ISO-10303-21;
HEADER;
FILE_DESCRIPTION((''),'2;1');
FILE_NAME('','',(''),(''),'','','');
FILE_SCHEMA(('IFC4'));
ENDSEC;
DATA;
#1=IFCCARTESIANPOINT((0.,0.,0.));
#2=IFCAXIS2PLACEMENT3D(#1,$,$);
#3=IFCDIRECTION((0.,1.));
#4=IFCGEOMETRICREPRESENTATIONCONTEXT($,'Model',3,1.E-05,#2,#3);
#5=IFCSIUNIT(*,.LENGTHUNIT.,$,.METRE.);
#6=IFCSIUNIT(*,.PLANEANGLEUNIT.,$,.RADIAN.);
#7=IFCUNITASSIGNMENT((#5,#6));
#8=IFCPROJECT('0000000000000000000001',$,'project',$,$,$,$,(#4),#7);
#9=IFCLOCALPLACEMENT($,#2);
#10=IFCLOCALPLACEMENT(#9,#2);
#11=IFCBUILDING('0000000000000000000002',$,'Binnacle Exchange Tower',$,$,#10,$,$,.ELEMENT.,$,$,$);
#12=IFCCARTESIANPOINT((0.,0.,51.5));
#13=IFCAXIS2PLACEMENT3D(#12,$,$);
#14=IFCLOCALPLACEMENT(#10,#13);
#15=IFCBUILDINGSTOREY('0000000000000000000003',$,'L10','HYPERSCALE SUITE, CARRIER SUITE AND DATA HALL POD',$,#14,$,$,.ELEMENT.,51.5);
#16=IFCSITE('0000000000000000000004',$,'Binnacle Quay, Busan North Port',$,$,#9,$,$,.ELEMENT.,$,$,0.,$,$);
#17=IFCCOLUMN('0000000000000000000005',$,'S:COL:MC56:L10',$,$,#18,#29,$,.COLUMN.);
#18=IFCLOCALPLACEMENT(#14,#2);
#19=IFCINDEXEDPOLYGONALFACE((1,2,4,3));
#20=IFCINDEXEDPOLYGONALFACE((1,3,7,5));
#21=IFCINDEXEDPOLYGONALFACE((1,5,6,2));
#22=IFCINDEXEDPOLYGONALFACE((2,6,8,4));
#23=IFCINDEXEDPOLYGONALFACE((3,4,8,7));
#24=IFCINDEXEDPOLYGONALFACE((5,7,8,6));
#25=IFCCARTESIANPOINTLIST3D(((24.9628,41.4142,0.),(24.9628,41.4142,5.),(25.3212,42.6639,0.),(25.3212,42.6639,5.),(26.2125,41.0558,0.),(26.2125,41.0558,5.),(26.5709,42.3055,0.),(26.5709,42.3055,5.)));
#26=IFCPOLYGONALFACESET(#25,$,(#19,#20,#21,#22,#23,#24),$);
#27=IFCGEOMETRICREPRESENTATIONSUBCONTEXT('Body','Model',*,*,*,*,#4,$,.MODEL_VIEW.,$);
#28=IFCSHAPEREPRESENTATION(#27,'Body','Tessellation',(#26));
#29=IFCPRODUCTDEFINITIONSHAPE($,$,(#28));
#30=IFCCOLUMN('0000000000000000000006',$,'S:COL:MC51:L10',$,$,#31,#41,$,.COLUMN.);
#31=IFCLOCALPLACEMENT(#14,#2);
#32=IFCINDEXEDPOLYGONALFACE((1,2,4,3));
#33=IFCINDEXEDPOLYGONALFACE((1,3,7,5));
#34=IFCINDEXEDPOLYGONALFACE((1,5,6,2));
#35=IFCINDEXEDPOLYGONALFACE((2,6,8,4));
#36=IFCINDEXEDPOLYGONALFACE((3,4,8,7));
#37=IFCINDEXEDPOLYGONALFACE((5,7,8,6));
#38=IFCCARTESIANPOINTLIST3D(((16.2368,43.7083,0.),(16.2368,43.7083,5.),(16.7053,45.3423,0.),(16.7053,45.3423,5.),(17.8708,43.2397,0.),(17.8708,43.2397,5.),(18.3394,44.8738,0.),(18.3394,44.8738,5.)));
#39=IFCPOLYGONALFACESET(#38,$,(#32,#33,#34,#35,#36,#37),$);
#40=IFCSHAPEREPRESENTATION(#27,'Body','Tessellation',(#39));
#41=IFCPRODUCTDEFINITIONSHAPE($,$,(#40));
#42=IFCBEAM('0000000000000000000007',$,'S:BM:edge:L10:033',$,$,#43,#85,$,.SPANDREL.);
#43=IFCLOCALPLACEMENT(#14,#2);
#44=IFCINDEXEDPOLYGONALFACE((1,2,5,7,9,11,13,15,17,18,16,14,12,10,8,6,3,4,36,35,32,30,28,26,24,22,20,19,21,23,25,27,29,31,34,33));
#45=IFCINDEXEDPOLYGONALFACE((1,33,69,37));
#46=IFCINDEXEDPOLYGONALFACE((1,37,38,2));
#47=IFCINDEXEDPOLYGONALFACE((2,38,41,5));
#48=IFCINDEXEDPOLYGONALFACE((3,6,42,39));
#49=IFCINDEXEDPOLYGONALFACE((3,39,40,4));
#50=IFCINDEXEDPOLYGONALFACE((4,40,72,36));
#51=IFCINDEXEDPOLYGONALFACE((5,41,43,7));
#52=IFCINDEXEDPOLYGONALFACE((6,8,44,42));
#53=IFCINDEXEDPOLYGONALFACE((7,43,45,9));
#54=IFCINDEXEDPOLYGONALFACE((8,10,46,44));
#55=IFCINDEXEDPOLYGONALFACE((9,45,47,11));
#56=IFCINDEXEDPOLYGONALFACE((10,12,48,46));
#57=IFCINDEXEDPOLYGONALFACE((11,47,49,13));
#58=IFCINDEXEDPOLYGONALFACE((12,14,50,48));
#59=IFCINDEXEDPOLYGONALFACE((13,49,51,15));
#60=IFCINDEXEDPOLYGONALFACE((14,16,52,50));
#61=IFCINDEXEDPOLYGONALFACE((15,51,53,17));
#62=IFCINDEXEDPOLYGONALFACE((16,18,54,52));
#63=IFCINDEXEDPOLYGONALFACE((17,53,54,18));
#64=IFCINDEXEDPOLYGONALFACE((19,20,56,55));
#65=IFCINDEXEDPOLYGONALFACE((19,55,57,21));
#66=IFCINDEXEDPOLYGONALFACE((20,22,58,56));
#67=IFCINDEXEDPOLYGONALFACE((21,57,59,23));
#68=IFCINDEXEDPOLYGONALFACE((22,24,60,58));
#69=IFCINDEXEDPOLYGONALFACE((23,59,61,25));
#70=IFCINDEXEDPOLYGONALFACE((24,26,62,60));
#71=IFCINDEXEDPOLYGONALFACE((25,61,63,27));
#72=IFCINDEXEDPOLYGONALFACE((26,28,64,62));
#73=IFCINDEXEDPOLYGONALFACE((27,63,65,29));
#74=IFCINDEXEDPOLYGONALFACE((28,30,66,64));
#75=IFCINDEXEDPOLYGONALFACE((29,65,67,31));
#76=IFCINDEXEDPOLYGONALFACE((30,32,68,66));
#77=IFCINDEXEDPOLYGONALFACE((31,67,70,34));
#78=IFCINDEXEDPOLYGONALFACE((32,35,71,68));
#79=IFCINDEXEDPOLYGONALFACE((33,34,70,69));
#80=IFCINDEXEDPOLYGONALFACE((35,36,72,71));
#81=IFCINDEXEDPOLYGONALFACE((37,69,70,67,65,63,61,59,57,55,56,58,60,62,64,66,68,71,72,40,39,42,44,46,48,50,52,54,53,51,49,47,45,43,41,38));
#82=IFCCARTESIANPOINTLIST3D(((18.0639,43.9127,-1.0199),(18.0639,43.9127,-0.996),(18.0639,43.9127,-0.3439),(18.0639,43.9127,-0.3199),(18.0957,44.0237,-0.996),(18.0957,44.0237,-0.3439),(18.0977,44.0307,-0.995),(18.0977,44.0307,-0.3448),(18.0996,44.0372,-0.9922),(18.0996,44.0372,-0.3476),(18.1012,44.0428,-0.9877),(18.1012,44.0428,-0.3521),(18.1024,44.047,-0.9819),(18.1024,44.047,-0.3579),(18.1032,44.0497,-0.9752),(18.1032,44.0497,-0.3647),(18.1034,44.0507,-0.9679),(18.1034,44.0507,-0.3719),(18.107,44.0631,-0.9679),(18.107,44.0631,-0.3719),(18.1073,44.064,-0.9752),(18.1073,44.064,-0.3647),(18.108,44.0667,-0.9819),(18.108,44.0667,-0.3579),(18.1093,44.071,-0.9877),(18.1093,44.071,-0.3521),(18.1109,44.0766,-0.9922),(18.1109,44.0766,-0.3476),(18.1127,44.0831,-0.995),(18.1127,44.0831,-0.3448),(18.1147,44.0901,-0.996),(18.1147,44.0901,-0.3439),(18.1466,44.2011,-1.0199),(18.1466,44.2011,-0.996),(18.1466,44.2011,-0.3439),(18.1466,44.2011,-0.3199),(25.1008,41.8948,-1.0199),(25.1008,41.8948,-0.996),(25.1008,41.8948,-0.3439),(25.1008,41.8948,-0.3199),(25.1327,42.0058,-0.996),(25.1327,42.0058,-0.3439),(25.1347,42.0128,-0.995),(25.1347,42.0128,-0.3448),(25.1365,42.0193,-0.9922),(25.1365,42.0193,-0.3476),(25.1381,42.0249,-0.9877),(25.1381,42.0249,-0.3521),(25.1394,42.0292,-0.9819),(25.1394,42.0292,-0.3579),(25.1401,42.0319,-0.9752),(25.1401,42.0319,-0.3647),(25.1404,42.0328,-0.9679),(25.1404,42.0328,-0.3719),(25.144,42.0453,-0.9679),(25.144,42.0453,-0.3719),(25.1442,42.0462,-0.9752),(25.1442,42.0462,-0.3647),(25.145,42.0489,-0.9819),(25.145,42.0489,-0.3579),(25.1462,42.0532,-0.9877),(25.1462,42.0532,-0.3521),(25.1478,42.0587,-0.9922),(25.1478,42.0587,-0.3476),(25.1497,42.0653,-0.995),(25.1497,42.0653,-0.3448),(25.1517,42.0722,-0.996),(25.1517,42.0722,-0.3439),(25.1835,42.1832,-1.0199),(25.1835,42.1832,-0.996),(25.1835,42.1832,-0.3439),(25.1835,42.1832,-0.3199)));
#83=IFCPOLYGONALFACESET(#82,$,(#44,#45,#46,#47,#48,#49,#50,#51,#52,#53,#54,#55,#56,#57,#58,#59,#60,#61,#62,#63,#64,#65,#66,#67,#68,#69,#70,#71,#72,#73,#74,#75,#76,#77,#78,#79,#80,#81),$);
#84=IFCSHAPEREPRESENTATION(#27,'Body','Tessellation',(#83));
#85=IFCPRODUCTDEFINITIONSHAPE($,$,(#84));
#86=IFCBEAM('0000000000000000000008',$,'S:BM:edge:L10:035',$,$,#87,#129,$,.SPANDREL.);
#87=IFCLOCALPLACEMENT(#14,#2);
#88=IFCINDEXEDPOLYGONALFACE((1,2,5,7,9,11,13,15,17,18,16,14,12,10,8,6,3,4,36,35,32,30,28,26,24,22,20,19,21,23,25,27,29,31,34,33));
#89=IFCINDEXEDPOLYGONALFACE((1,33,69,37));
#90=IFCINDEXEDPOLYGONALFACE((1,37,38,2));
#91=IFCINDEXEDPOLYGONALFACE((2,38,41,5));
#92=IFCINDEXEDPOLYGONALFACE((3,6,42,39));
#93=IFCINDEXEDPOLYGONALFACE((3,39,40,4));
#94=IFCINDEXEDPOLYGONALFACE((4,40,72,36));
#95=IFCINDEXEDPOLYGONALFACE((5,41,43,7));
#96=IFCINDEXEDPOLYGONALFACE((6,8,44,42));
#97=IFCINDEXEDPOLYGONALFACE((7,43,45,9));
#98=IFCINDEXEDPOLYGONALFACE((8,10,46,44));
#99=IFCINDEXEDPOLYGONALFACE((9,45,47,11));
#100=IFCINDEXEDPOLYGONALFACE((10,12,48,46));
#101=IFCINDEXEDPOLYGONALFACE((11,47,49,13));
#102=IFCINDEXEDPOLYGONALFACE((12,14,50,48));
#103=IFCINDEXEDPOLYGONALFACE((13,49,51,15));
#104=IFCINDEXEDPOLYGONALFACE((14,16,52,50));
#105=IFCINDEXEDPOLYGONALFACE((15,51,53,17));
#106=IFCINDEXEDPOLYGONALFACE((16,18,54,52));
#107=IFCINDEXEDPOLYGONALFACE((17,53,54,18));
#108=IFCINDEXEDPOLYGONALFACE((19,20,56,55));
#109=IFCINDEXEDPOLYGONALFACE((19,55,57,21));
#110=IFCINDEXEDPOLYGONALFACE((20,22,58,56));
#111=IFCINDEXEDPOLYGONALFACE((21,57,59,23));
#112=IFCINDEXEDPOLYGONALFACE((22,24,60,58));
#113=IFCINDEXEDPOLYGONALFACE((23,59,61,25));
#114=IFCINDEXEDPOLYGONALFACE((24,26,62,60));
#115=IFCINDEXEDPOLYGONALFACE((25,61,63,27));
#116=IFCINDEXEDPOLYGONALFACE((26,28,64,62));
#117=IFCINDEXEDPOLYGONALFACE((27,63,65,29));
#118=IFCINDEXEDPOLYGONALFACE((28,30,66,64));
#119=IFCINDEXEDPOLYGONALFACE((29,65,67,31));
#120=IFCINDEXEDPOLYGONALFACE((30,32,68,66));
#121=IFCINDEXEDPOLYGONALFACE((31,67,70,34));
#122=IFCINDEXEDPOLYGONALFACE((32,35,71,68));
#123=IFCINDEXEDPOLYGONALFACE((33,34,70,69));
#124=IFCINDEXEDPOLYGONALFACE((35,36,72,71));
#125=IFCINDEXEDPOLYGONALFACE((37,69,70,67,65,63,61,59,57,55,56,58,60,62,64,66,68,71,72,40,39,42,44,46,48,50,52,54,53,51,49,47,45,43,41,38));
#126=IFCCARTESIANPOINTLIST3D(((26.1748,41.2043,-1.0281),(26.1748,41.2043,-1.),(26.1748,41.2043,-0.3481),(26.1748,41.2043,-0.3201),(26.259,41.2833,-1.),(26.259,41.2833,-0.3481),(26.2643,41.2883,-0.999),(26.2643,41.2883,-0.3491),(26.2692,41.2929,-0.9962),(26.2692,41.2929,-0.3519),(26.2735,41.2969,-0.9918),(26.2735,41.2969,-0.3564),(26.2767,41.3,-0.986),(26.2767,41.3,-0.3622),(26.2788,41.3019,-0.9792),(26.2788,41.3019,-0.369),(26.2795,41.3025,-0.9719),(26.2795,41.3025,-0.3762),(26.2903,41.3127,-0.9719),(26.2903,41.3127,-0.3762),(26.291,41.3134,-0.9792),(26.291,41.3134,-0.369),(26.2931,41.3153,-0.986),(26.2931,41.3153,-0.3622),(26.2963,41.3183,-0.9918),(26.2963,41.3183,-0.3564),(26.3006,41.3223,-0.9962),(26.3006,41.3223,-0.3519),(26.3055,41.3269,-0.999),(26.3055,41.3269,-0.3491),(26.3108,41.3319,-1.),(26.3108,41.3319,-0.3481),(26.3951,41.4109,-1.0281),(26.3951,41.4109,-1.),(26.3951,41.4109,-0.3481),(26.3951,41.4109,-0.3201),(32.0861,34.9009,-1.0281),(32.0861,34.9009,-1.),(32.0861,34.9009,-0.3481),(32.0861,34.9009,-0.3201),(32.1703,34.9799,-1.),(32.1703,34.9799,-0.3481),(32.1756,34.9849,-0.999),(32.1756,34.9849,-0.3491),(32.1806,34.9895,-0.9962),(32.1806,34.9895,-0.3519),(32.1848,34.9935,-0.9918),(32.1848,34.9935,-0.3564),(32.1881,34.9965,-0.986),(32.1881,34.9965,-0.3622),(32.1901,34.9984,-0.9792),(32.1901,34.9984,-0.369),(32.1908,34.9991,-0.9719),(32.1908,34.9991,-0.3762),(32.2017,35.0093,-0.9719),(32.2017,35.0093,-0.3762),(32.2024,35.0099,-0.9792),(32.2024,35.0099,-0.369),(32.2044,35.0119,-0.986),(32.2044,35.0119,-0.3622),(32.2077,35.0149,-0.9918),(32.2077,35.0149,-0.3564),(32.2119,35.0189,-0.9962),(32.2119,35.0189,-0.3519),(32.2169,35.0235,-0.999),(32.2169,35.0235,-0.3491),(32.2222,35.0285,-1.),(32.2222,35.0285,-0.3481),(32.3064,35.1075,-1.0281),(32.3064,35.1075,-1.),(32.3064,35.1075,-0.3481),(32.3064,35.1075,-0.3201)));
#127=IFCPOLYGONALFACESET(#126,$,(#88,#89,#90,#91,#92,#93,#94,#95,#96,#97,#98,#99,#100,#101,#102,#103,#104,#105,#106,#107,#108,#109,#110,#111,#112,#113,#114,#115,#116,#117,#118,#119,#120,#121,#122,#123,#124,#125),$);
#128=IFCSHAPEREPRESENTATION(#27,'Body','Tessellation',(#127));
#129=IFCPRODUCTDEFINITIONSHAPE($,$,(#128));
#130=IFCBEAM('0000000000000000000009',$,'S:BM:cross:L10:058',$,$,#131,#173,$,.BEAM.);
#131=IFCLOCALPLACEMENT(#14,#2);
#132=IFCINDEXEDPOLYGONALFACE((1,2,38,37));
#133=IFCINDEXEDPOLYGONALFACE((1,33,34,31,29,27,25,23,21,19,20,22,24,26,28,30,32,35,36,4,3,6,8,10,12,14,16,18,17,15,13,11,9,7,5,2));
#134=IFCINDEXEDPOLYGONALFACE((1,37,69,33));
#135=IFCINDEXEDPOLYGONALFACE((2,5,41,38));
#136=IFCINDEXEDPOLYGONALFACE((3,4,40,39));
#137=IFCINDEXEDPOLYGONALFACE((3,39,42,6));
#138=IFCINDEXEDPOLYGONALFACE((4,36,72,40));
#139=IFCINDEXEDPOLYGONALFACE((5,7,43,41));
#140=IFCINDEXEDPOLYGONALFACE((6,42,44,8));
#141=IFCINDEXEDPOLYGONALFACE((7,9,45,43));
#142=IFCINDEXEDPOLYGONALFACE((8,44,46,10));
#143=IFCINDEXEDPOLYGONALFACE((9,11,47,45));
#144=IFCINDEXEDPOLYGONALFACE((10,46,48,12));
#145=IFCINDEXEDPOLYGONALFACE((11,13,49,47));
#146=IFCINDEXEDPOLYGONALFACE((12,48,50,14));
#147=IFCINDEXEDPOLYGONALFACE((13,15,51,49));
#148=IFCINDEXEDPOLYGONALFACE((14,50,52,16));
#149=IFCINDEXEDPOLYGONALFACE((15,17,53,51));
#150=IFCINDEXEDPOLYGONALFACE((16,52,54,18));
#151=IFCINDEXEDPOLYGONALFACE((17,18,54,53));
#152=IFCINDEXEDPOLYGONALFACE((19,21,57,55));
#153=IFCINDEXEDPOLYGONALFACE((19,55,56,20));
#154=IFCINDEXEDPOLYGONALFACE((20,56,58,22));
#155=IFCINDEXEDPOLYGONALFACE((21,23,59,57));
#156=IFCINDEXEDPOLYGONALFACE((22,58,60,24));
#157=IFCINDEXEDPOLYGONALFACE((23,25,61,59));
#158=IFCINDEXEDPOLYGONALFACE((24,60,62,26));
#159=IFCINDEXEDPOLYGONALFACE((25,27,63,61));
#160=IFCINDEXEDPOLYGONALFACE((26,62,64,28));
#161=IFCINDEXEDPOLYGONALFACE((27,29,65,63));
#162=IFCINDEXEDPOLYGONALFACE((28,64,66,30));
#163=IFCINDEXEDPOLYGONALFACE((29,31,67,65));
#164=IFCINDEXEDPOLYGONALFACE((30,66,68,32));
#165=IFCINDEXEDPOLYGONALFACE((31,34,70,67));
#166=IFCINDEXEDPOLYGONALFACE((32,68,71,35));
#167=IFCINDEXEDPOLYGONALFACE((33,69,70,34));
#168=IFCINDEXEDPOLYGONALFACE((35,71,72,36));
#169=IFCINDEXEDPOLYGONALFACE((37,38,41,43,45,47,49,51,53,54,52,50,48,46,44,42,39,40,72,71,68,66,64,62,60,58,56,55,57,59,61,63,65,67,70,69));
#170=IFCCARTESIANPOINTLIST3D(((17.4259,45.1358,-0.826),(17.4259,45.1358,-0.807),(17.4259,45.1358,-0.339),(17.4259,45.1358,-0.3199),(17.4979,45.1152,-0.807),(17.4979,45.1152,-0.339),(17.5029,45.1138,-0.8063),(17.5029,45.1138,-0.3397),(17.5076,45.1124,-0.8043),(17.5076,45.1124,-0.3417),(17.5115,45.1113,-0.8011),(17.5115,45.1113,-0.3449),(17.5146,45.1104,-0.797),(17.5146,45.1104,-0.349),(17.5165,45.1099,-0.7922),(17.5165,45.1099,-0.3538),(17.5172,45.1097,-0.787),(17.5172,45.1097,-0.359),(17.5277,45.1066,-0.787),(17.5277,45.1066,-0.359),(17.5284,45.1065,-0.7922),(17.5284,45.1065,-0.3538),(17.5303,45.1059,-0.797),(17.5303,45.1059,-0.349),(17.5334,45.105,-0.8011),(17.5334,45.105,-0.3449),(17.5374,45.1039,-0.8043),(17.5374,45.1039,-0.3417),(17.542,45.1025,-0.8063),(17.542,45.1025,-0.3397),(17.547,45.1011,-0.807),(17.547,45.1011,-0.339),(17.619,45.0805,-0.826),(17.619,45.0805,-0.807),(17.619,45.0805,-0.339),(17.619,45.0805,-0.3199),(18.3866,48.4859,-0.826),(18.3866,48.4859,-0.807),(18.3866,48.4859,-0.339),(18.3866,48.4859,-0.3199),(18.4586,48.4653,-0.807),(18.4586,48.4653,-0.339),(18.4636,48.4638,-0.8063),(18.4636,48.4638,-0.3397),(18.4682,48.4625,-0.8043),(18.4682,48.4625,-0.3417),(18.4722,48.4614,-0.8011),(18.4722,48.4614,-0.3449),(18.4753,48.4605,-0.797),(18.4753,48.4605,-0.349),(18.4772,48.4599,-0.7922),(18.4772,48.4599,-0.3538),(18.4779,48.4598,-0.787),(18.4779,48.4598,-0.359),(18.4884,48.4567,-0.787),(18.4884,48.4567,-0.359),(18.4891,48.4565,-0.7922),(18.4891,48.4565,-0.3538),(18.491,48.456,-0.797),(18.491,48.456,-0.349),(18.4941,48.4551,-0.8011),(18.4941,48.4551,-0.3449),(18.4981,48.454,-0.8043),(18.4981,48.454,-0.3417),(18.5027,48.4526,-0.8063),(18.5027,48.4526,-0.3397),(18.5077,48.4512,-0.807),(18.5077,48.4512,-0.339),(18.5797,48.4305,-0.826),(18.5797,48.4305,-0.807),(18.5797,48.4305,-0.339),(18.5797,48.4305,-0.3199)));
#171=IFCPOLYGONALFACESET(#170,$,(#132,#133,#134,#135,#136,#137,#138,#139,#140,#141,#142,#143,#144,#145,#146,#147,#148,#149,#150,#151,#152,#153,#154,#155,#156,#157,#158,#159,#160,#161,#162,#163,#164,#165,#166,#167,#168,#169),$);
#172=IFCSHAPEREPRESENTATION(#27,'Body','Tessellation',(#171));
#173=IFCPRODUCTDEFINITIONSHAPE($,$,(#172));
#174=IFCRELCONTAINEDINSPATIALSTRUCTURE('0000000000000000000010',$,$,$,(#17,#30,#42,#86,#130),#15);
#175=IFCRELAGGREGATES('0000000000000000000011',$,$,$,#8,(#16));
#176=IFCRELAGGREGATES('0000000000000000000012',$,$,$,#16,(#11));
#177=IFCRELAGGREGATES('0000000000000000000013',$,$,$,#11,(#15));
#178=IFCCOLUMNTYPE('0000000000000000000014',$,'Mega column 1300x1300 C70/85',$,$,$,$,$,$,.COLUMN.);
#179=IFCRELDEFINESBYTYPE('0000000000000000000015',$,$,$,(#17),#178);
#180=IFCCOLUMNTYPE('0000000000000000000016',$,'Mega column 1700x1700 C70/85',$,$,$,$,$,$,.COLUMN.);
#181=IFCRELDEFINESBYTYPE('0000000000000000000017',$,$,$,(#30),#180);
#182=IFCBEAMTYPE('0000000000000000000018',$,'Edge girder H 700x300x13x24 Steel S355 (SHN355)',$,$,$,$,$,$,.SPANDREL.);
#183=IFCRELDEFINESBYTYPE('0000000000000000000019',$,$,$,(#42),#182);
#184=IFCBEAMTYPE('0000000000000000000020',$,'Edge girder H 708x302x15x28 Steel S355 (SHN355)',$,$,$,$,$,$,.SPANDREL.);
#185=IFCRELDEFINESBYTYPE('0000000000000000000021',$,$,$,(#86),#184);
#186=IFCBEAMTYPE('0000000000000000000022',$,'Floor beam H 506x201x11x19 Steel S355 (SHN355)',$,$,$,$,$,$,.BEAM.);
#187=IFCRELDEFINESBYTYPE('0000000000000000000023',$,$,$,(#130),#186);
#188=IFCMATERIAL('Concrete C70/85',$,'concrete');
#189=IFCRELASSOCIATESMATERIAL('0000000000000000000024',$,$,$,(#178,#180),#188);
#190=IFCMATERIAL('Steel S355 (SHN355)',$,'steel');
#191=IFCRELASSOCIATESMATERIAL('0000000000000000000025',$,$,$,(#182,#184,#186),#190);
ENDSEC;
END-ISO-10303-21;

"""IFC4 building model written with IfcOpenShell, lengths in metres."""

from ifc_helpers import new_model, si_unit, direction, frame, origin, origin_2d, place, context, subcontext, project, spatial, rectangle, i_section, extrude, material, material_profile, profile_set, type_object, element, save


model = new_model("IFC4")

# Units and contexts
model_context = context("Model", 3, precision=1e-05, world=origin(), true_north=direction((0.0, 1.0)))
body_context = subcontext(model_context, "Body", "Model", "MODEL_VIEW")
ifc_project = project(units=[si_unit("LENGTHUNIT", "METRE"), si_unit("PLANEANGLEUNIT", "RADIAN")], contexts=[model_context])

# Site, building, storey
site_placement = place(None, origin())
site = spatial("IfcSite", under=ifc_project, at=site_placement, Name="Binnacle Quay, Busan North Port", CompositionType="ELEMENT", RefElevation=0.0)
building_placement = place(site_placement, origin())
building = spatial("IfcBuilding", under=site, at=building_placement, Name="Binnacle Exchange Tower", CompositionType="ELEMENT")
storey_placement = place(building_placement, frame((0.0, 0.0, 51.5)))
storey = spatial("IfcBuildingStorey", under=building, at=storey_placement, Name="L10", Description="HYPERSCALE SUITE, CARRIER SUITE AND DATA HALL POD", CompositionType="ELEMENT", Elevation=51.5)

# Columns
ifc_material_1 = material(Name="Concrete C70/85", Category="concrete")
ifc_material_profile_1 = material_profile(ifc_material_1, rectangle(XDim=1.3, YDim=1.3, at=origin_2d()), Name="Mega column 1300x1300 C70/85")
ifc_profile_set_1 = profile_set([ifc_material_profile_1], Name="Concrete C70/85")
column_type_1 = type_object("IfcColumnType", Name="Mega column 1300x1300 C70/85", PredefinedType="COLUMN", material=ifc_profile_set_1)
column_1_placement = place(storey_placement, frame((25.7668, 41.8599, 0.0), z_axis=(0.0, 0.0, 1.0), x_axis=(0.961262, -0.275637, 0.0)))
element("IfcColumn", 1, at=column_1_placement, inside=storey, type_object=column_type_1, Name="S:COL:MC56:L10", PredefinedType="COLUMN", context=body_context, shape_type="SweptSolid", body=[
    extrude(rectangle(XDim=1.3, YDim=1.3, at=origin_2d()), origin(), (0.0, 0.0, 1.0), 5.0),
])
ifc_material_profile_2 = material_profile(ifc_material_1, rectangle(XDim=1.7, YDim=1.7, at=origin_2d()), Name="Mega column 1700x1700 C70/85")
ifc_profile_set_2 = profile_set([ifc_material_profile_2], Name="Concrete C70/85")
column_type_2 = type_object("IfcColumnType", Name="Mega column 1700x1700 C70/85", PredefinedType="COLUMN", material=ifc_profile_set_2)
column_2_placement = place(storey_placement, frame((17.2881, 44.291, 0.0), z_axis=(0.0, 0.0, 1.0), x_axis=(0.961262, -0.275637, 0.0)))
element("IfcColumn", 2, at=column_2_placement, inside=storey, type_object=column_type_2, Name="S:COL:MC51:L10", PredefinedType="COLUMN", context=body_context, shape_type="SweptSolid", body=[
    extrude(rectangle(XDim=1.7, YDim=1.7, at=origin_2d()), origin(), (0.0, 0.0, 1.0), 5.0),
])

# Beams
ifc_material_2 = material(Name="Steel S355 (SHN355)", Category="steel")
ifc_material_profile_3 = material_profile(ifc_material_2, i_section(OverallWidth=0.3, OverallDepth=0.7, WebThickness=0.0129, FlangeThickness=0.0239, FilletRadius=0.0281, at=origin_2d()), Name="H 700x300x13x24")
ifc_profile_set_3 = profile_set([ifc_material_profile_3], Name="Steel S355 (SHN355)")
beam_type_1 = type_object("IfcBeamType", Name="Edge girder H 700x300x13x24 Steel S355 (SHN355)", PredefinedType="SPANDREL", material=ifc_profile_set_3)
beam_1_placement = place(storey_placement, frame((18.1052, 44.0569, -0.6699), z_axis=(0.96126, -0.275642, 0.0), x_axis=(0.275642, 0.96126, 0.0)))
element("IfcBeam", 3, at=beam_1_placement, inside=storey, type_object=beam_type_1, Name="S:BM:edge:L10:033", PredefinedType="SPANDREL", context=body_context, shape_type="SweptSolid", body=[
    extrude(i_section(OverallWidth=0.3, OverallDepth=0.7, WebThickness=0.0129, FlangeThickness=0.0239, FilletRadius=0.0281, at=origin_2d()), origin(), (0.0, 0.0, 1.0), 7.3206),
])
ifc_material_profile_4 = material_profile(ifc_material_2, i_section(OverallWidth=0.302, OverallDepth=0.708, WebThickness=0.0149, FlangeThickness=0.0281, FilletRadius=0.0281, at=origin_2d()), Name="H 708x302x15x28")
ifc_profile_set_4 = profile_set([ifc_material_profile_4], Name="Steel S355 (SHN355)")
beam_type_2 = type_object("IfcBeamType", Name="Edge girder H 708x302x15x28 Steel S355 (SHN355)", PredefinedType="SPANDREL", material=ifc_profile_set_4)
beam_2_placement = place(storey_placement, frame((26.2849, 41.3076, -0.6741), z_axis=(0.684057, -0.729429, 0.0), x_axis=(0.729429, 0.684057, 0.0)))
element("IfcBeam", 4, at=beam_2_placement, inside=storey, type_object=beam_type_2, Name="S:BM:edge:L10:035", PredefinedType="SPANDREL", context=body_context, shape_type="SweptSolid", body=[
    extrude(i_section(OverallWidth=0.302, OverallDepth=0.708, WebThickness=0.0149, FlangeThickness=0.0281, FilletRadius=0.0281, at=origin_2d()), origin(), (0.0, 0.0, 1.0), 8.6416),
])
ifc_material_profile_5 = material_profile(ifc_material_2, i_section(OverallWidth=0.2009, OverallDepth=0.5061, WebThickness=0.011, FlangeThickness=0.019, FilletRadius=0.02, at=origin_2d()), Name="H 506x201x11x19")
ifc_profile_set_5 = profile_set([ifc_material_profile_5], Name="Steel S355 (SHN355)")
beam_type_3 = type_object("IfcBeamType", Name="Floor beam H 506x201x11x19 Steel S355 (SHN355)", PredefinedType="BEAM", material=ifc_profile_set_5)
beam_3_placement = place(storey_placement, frame((17.5225, 45.1082, -0.573), z_axis=(0.275655, 0.961257, 0.0), x_axis=(-0.961257, 0.275655, 0.0)))
element("IfcBeam", 5, at=beam_3_placement, inside=storey, type_object=beam_type_3, Name="S:BM:cross:L10:058", PredefinedType="BEAM", context=body_context, shape_type="SweptSolid", body=[
    extrude(i_section(OverallWidth=0.2009, OverallDepth=0.5061, WebThickness=0.011, FlangeThickness=0.019, FilletRadius=0.02, at=origin_2d()), origin(), (0.0, 0.0, 1.0), 3.4851),
])

save(model, "model.ifc")
